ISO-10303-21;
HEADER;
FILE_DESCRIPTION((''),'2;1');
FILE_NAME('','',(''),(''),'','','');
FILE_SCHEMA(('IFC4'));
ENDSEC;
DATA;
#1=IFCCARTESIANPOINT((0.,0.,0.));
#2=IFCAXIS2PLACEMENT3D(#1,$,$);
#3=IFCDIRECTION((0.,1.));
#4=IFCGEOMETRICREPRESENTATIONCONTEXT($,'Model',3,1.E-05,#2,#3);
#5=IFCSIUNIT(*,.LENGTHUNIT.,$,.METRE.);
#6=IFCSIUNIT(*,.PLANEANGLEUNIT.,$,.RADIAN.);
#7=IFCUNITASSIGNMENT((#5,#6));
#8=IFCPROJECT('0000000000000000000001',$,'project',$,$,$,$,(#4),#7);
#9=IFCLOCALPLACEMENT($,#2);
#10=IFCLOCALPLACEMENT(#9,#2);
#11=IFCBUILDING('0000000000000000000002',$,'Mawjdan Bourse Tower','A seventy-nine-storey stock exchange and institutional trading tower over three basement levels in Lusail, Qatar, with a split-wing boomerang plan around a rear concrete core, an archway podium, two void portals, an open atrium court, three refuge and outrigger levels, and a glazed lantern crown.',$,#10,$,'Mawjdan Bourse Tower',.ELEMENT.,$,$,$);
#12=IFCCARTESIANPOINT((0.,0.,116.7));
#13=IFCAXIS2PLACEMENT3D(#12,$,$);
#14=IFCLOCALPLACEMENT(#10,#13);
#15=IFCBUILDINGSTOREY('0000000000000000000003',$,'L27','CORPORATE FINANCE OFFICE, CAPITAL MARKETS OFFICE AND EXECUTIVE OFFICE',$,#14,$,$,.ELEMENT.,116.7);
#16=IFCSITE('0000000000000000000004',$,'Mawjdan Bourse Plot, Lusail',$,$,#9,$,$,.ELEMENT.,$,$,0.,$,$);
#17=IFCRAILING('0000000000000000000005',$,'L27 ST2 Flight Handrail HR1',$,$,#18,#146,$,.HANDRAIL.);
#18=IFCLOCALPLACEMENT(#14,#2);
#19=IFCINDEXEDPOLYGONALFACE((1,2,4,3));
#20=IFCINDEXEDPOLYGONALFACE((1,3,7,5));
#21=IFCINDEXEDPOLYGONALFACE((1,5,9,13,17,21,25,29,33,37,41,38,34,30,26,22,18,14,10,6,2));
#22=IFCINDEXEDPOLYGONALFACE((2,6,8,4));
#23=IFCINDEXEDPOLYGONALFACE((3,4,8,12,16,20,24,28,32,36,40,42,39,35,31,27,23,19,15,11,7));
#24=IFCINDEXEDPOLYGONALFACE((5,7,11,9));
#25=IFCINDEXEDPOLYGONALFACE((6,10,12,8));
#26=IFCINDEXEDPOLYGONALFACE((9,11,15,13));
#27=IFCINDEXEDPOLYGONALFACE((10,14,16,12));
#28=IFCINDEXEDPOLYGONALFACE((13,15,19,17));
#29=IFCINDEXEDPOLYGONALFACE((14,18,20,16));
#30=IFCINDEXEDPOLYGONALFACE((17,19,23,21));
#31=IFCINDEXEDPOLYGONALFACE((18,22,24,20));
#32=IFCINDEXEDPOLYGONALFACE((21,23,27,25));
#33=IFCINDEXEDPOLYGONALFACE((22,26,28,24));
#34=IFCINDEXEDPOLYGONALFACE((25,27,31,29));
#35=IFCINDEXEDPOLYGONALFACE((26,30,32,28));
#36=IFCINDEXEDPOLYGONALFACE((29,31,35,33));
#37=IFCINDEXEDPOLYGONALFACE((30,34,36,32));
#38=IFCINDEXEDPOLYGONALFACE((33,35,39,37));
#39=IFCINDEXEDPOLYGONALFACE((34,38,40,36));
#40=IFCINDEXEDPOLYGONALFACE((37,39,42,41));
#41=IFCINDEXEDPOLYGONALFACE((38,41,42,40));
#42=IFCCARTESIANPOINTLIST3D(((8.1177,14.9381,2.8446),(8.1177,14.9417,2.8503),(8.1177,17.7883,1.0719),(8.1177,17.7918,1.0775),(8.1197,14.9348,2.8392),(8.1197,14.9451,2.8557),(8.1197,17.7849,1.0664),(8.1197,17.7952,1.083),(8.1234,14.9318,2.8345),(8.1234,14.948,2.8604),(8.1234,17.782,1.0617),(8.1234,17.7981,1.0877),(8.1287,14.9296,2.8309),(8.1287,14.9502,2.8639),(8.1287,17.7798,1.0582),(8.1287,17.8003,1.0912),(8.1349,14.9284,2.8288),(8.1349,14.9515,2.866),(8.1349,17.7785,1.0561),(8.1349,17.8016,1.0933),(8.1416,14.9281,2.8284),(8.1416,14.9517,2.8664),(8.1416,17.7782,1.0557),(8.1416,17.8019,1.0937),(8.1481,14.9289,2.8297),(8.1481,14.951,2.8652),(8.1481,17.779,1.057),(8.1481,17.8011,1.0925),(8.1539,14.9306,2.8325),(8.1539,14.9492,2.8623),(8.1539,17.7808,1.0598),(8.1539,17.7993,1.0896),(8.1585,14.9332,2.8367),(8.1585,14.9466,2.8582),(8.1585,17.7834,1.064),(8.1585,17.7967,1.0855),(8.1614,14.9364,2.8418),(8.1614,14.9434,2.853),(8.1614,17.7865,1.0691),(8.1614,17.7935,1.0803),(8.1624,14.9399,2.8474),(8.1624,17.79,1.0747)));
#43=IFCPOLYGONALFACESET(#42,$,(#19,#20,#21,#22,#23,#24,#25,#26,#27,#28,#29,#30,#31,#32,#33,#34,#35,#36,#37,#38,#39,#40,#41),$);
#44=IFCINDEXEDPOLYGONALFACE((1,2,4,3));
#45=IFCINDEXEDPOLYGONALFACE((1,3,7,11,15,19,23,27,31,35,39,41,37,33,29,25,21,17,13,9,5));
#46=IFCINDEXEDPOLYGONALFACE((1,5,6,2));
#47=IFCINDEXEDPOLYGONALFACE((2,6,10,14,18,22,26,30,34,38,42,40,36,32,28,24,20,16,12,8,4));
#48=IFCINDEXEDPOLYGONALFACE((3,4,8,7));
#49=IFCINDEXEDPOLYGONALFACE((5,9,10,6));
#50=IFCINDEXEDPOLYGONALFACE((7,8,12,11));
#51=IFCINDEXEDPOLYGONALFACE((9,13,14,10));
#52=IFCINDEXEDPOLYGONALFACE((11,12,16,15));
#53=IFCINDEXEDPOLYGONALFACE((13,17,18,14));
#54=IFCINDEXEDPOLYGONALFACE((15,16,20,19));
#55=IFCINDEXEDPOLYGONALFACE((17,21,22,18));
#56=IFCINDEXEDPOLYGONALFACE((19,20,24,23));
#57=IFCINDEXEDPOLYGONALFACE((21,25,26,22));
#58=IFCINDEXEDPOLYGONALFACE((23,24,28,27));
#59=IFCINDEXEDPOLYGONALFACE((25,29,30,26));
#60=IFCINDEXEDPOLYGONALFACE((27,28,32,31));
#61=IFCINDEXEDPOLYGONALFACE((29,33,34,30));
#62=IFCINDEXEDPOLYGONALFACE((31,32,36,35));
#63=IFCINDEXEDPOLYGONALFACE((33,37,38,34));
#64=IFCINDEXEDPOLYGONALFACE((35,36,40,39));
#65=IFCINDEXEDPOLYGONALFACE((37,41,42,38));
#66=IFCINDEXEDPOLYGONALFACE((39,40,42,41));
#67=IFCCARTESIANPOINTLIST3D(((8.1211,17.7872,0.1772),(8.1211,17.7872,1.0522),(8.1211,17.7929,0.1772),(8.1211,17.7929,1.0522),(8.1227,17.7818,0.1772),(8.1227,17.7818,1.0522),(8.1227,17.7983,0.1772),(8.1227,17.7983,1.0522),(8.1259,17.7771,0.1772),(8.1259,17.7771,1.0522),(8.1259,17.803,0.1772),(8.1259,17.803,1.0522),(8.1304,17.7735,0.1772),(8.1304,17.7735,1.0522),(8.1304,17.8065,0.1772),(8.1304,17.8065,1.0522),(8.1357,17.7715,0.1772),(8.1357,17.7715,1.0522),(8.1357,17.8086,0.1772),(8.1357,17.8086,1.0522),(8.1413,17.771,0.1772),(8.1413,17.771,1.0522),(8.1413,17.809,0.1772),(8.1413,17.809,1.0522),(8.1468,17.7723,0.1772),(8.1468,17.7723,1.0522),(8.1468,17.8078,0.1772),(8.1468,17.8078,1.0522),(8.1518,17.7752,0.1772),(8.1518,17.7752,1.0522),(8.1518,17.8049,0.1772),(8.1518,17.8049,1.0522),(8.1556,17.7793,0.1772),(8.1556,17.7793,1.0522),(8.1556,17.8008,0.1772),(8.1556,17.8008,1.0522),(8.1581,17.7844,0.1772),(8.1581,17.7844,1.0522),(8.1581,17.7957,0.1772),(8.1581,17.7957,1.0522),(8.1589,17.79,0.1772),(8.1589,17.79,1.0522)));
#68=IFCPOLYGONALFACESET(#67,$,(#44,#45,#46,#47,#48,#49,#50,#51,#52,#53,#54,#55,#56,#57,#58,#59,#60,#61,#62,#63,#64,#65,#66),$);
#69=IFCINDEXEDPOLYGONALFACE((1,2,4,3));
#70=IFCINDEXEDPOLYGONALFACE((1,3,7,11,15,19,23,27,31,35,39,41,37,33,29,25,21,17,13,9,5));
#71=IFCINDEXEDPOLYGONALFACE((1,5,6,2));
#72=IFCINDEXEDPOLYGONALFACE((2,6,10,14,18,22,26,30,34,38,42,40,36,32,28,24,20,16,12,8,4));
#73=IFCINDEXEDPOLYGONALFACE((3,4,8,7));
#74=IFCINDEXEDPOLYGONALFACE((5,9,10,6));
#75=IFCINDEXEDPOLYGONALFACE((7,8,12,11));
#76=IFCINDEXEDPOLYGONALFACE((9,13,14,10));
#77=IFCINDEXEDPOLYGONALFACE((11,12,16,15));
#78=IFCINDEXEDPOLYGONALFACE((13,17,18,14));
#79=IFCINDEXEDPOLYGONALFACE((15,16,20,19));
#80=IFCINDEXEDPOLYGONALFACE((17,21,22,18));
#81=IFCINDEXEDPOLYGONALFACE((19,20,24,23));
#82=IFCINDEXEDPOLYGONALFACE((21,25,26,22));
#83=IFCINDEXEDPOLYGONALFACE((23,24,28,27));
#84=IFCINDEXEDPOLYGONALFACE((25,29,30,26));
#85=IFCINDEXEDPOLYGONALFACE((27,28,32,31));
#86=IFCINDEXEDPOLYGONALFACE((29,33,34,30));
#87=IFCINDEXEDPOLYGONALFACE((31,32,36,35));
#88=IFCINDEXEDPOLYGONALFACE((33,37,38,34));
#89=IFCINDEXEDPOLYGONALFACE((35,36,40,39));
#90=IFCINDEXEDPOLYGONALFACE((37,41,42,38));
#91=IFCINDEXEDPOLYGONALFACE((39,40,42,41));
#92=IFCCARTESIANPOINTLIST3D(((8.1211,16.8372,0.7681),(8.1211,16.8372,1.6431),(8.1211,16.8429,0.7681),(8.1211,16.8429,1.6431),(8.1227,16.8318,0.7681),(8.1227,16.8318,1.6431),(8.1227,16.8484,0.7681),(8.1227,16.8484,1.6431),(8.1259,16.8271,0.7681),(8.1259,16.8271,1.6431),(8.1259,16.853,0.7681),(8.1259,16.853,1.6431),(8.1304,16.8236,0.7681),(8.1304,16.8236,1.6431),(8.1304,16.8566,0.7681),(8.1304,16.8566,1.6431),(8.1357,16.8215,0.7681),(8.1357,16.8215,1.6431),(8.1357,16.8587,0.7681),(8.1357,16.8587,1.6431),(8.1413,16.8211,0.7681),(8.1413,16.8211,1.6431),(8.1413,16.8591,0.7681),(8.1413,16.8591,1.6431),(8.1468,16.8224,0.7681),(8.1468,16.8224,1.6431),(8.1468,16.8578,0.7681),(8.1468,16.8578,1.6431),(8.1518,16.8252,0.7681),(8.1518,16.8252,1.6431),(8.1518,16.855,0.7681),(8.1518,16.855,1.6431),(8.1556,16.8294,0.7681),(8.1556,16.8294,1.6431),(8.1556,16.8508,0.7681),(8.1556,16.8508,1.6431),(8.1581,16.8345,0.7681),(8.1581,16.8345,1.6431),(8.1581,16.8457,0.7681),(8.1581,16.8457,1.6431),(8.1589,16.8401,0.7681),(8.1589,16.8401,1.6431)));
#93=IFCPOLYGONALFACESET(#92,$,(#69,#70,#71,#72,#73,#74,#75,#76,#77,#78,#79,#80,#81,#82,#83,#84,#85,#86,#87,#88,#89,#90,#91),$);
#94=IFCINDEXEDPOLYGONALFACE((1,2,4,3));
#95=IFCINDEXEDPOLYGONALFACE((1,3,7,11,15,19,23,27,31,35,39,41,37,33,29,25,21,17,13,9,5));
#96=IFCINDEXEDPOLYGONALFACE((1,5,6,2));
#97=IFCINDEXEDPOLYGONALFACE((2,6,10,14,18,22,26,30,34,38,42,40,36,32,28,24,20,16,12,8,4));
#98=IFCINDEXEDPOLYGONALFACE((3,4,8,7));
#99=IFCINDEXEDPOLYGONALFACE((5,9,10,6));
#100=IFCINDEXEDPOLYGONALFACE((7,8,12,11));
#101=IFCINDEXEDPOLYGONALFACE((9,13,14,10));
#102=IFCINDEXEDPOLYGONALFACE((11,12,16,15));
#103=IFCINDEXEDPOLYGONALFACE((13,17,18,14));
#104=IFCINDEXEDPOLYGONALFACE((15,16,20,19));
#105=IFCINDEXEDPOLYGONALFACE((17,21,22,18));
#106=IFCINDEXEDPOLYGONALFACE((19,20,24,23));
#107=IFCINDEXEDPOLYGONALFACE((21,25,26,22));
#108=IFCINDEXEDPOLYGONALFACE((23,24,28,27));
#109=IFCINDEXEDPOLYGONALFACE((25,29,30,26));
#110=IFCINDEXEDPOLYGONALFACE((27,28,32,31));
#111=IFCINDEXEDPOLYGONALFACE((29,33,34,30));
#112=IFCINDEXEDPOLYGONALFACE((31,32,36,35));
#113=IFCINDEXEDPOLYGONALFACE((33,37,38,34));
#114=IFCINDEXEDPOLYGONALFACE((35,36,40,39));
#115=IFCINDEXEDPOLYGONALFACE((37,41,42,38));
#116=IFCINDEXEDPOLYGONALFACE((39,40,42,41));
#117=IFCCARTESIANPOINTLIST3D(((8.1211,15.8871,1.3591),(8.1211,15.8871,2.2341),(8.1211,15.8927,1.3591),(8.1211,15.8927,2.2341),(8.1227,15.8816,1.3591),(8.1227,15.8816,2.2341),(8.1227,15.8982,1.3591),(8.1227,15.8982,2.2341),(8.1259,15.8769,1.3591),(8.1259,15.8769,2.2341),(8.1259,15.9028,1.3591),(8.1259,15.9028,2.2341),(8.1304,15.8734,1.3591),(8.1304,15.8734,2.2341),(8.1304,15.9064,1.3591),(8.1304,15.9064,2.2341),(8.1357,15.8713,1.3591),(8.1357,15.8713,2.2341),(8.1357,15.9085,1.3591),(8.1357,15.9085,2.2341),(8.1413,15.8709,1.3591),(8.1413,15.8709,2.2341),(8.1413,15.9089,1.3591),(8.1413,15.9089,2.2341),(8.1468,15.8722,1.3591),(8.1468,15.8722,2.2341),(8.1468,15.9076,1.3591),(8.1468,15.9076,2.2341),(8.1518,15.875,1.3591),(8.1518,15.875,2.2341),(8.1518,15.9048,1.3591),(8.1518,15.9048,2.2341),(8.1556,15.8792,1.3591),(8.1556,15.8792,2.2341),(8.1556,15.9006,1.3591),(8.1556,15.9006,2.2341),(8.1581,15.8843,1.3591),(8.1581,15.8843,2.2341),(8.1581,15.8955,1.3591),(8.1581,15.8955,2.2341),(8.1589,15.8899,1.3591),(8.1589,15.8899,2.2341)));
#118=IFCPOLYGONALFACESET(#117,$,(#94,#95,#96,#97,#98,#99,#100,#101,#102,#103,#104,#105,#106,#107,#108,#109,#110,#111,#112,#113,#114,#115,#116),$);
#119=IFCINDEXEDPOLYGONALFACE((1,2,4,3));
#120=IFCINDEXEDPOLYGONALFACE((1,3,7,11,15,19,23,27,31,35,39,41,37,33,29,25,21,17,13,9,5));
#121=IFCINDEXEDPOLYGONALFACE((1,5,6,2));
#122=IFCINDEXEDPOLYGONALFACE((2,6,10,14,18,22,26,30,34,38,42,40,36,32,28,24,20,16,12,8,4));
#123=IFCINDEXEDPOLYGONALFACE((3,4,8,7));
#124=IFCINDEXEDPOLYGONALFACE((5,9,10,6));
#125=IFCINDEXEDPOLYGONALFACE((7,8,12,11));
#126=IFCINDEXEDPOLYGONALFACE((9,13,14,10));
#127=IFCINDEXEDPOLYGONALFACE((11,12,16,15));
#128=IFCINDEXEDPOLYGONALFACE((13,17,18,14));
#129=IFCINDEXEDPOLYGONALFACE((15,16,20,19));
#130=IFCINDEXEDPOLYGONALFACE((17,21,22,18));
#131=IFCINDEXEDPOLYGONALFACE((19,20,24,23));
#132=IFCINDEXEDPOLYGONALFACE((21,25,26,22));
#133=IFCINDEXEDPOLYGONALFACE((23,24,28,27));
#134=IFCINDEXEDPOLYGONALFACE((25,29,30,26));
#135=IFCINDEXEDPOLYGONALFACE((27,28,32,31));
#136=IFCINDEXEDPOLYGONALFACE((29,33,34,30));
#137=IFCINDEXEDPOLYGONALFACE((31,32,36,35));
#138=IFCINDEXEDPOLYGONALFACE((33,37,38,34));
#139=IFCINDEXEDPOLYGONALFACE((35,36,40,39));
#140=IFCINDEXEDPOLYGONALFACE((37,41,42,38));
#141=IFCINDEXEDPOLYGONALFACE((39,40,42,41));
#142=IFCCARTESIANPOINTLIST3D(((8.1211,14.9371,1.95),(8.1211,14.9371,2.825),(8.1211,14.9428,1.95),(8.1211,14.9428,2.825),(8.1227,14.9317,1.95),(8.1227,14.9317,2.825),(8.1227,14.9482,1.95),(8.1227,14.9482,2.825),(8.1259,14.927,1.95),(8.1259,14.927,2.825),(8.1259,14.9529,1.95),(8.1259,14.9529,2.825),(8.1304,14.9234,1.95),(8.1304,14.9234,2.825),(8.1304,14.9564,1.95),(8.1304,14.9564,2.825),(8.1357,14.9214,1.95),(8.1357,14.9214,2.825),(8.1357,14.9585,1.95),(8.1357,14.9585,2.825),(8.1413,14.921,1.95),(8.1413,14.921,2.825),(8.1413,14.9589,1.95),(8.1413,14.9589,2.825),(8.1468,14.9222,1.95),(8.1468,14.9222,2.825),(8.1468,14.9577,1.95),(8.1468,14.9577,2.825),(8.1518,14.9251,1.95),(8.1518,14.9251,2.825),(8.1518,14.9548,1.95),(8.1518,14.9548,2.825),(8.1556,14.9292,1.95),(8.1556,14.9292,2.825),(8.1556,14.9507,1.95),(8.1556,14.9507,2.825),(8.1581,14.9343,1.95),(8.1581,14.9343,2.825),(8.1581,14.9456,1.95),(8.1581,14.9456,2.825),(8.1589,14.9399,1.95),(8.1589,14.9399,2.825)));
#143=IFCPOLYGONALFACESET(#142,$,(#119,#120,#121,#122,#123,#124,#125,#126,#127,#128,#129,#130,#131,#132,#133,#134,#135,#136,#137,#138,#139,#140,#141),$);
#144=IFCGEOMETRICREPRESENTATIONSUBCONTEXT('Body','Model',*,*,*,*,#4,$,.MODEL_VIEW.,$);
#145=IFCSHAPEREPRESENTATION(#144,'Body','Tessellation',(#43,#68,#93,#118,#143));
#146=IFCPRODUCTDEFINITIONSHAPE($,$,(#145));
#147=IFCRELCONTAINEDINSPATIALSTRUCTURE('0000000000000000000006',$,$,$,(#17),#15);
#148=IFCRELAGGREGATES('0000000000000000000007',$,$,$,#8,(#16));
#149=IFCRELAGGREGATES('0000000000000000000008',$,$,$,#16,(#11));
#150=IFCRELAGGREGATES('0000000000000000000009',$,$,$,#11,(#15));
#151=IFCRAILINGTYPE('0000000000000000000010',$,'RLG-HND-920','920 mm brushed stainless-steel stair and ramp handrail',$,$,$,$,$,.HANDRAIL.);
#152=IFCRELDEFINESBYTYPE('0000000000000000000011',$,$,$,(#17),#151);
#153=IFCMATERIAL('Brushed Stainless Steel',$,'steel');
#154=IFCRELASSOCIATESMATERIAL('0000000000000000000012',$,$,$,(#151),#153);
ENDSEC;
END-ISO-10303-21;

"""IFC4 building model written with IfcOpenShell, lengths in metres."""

from ifc_helpers import new_model, si_unit, direction, frame, origin, origin_2d, place, context, subcontext, project, spatial, circle, extrude, material, type_object, element, save


model = new_model("IFC4")

# Units and contexts
model_context = context("Model", 3, precision=1e-05, world=origin(), true_north=direction((0.0, 1.0)))
body_context = subcontext(model_context, "Body", "Model", "MODEL_VIEW")
ifc_project = project(units=[si_unit("LENGTHUNIT", "METRE"), si_unit("PLANEANGLEUNIT", "RADIAN")], contexts=[model_context])

# Site, building, storey
site_placement = place(None, origin())
site = spatial("IfcSite", under=ifc_project, at=site_placement, Name="Mawjdan Bourse Plot, Lusail", CompositionType="ELEMENT", RefElevation=0.0)
building_placement = place(site_placement, origin())
building = spatial("IfcBuilding", under=site, at=building_placement, Name="Mawjdan Bourse Tower", Description="A seventy-nine-storey stock exchange and institutional trading tower over three basement levels in Lusail, Qatar, with a split-wing boomerang plan around a rear concrete core, an archway podium, two void portals, an open atrium court, three refuge and outrigger levels, and a glazed lantern crown.", LongName="Mawjdan Bourse Tower", CompositionType="ELEMENT")
storey_placement = place(building_placement, frame((0.0, 0.0, 116.7)))
storey = spatial("IfcBuildingStorey", under=building, at=storey_placement, Name="L27", Description="CORPORATE FINANCE OFFICE, CAPITAL MARKETS OFFICE AND EXECUTIVE OFFICE", CompositionType="ELEMENT", Elevation=116.7)

# Railing
ifc_material_1 = material(Name="Brushed Stainless Steel", Category="steel")
railing_type_1 = type_object("IfcRailingType", Name="RLG-HND-920", Description="920 mm brushed stainless-steel stair and ramp handrail", PredefinedType="HANDRAIL", material=ifc_material_1)
railing_1_placement = place(storey_placement, frame((8.1399, 17.79, 0.1772)))
element("IfcRailing", 1, at=railing_1_placement, inside=storey, type_object=railing_type_1, Name="L27 ST2 Flight Handrail HR1", PredefinedType="HANDRAIL", context=body_context, shape_type="SweptSolid", body=[
    extrude(circle(Radius=0.0225, at=origin_2d()), frame((0.0, 0.0, 0.8975), z_axis=(0.0, -0.849149, 0.528154), x_axis=(1.0, 0.0, 0.0)), (0.0, 0.0, 1.0), 3.3564),
    extrude(circle(Radius=0.019, at=origin_2d()), origin(), (0.0, 0.0, 1.0), 0.875),
    extrude(circle(Radius=0.019, at=origin_2d()), frame((0.0, -0.95, 0.5908)), (0.0, 0.0, 1.0), 0.875),
    extrude(circle(Radius=0.019, at=origin_2d()), frame((0.0, -1.9001, 1.1819)), (0.0, 0.0, 1.0), 0.875),
    extrude(circle(Radius=0.019, at=origin_2d()), frame((0.0, -2.8501, 1.7727)), (0.0, 0.0, 1.0), 0.875),
])

save(model, "model.ifc")
